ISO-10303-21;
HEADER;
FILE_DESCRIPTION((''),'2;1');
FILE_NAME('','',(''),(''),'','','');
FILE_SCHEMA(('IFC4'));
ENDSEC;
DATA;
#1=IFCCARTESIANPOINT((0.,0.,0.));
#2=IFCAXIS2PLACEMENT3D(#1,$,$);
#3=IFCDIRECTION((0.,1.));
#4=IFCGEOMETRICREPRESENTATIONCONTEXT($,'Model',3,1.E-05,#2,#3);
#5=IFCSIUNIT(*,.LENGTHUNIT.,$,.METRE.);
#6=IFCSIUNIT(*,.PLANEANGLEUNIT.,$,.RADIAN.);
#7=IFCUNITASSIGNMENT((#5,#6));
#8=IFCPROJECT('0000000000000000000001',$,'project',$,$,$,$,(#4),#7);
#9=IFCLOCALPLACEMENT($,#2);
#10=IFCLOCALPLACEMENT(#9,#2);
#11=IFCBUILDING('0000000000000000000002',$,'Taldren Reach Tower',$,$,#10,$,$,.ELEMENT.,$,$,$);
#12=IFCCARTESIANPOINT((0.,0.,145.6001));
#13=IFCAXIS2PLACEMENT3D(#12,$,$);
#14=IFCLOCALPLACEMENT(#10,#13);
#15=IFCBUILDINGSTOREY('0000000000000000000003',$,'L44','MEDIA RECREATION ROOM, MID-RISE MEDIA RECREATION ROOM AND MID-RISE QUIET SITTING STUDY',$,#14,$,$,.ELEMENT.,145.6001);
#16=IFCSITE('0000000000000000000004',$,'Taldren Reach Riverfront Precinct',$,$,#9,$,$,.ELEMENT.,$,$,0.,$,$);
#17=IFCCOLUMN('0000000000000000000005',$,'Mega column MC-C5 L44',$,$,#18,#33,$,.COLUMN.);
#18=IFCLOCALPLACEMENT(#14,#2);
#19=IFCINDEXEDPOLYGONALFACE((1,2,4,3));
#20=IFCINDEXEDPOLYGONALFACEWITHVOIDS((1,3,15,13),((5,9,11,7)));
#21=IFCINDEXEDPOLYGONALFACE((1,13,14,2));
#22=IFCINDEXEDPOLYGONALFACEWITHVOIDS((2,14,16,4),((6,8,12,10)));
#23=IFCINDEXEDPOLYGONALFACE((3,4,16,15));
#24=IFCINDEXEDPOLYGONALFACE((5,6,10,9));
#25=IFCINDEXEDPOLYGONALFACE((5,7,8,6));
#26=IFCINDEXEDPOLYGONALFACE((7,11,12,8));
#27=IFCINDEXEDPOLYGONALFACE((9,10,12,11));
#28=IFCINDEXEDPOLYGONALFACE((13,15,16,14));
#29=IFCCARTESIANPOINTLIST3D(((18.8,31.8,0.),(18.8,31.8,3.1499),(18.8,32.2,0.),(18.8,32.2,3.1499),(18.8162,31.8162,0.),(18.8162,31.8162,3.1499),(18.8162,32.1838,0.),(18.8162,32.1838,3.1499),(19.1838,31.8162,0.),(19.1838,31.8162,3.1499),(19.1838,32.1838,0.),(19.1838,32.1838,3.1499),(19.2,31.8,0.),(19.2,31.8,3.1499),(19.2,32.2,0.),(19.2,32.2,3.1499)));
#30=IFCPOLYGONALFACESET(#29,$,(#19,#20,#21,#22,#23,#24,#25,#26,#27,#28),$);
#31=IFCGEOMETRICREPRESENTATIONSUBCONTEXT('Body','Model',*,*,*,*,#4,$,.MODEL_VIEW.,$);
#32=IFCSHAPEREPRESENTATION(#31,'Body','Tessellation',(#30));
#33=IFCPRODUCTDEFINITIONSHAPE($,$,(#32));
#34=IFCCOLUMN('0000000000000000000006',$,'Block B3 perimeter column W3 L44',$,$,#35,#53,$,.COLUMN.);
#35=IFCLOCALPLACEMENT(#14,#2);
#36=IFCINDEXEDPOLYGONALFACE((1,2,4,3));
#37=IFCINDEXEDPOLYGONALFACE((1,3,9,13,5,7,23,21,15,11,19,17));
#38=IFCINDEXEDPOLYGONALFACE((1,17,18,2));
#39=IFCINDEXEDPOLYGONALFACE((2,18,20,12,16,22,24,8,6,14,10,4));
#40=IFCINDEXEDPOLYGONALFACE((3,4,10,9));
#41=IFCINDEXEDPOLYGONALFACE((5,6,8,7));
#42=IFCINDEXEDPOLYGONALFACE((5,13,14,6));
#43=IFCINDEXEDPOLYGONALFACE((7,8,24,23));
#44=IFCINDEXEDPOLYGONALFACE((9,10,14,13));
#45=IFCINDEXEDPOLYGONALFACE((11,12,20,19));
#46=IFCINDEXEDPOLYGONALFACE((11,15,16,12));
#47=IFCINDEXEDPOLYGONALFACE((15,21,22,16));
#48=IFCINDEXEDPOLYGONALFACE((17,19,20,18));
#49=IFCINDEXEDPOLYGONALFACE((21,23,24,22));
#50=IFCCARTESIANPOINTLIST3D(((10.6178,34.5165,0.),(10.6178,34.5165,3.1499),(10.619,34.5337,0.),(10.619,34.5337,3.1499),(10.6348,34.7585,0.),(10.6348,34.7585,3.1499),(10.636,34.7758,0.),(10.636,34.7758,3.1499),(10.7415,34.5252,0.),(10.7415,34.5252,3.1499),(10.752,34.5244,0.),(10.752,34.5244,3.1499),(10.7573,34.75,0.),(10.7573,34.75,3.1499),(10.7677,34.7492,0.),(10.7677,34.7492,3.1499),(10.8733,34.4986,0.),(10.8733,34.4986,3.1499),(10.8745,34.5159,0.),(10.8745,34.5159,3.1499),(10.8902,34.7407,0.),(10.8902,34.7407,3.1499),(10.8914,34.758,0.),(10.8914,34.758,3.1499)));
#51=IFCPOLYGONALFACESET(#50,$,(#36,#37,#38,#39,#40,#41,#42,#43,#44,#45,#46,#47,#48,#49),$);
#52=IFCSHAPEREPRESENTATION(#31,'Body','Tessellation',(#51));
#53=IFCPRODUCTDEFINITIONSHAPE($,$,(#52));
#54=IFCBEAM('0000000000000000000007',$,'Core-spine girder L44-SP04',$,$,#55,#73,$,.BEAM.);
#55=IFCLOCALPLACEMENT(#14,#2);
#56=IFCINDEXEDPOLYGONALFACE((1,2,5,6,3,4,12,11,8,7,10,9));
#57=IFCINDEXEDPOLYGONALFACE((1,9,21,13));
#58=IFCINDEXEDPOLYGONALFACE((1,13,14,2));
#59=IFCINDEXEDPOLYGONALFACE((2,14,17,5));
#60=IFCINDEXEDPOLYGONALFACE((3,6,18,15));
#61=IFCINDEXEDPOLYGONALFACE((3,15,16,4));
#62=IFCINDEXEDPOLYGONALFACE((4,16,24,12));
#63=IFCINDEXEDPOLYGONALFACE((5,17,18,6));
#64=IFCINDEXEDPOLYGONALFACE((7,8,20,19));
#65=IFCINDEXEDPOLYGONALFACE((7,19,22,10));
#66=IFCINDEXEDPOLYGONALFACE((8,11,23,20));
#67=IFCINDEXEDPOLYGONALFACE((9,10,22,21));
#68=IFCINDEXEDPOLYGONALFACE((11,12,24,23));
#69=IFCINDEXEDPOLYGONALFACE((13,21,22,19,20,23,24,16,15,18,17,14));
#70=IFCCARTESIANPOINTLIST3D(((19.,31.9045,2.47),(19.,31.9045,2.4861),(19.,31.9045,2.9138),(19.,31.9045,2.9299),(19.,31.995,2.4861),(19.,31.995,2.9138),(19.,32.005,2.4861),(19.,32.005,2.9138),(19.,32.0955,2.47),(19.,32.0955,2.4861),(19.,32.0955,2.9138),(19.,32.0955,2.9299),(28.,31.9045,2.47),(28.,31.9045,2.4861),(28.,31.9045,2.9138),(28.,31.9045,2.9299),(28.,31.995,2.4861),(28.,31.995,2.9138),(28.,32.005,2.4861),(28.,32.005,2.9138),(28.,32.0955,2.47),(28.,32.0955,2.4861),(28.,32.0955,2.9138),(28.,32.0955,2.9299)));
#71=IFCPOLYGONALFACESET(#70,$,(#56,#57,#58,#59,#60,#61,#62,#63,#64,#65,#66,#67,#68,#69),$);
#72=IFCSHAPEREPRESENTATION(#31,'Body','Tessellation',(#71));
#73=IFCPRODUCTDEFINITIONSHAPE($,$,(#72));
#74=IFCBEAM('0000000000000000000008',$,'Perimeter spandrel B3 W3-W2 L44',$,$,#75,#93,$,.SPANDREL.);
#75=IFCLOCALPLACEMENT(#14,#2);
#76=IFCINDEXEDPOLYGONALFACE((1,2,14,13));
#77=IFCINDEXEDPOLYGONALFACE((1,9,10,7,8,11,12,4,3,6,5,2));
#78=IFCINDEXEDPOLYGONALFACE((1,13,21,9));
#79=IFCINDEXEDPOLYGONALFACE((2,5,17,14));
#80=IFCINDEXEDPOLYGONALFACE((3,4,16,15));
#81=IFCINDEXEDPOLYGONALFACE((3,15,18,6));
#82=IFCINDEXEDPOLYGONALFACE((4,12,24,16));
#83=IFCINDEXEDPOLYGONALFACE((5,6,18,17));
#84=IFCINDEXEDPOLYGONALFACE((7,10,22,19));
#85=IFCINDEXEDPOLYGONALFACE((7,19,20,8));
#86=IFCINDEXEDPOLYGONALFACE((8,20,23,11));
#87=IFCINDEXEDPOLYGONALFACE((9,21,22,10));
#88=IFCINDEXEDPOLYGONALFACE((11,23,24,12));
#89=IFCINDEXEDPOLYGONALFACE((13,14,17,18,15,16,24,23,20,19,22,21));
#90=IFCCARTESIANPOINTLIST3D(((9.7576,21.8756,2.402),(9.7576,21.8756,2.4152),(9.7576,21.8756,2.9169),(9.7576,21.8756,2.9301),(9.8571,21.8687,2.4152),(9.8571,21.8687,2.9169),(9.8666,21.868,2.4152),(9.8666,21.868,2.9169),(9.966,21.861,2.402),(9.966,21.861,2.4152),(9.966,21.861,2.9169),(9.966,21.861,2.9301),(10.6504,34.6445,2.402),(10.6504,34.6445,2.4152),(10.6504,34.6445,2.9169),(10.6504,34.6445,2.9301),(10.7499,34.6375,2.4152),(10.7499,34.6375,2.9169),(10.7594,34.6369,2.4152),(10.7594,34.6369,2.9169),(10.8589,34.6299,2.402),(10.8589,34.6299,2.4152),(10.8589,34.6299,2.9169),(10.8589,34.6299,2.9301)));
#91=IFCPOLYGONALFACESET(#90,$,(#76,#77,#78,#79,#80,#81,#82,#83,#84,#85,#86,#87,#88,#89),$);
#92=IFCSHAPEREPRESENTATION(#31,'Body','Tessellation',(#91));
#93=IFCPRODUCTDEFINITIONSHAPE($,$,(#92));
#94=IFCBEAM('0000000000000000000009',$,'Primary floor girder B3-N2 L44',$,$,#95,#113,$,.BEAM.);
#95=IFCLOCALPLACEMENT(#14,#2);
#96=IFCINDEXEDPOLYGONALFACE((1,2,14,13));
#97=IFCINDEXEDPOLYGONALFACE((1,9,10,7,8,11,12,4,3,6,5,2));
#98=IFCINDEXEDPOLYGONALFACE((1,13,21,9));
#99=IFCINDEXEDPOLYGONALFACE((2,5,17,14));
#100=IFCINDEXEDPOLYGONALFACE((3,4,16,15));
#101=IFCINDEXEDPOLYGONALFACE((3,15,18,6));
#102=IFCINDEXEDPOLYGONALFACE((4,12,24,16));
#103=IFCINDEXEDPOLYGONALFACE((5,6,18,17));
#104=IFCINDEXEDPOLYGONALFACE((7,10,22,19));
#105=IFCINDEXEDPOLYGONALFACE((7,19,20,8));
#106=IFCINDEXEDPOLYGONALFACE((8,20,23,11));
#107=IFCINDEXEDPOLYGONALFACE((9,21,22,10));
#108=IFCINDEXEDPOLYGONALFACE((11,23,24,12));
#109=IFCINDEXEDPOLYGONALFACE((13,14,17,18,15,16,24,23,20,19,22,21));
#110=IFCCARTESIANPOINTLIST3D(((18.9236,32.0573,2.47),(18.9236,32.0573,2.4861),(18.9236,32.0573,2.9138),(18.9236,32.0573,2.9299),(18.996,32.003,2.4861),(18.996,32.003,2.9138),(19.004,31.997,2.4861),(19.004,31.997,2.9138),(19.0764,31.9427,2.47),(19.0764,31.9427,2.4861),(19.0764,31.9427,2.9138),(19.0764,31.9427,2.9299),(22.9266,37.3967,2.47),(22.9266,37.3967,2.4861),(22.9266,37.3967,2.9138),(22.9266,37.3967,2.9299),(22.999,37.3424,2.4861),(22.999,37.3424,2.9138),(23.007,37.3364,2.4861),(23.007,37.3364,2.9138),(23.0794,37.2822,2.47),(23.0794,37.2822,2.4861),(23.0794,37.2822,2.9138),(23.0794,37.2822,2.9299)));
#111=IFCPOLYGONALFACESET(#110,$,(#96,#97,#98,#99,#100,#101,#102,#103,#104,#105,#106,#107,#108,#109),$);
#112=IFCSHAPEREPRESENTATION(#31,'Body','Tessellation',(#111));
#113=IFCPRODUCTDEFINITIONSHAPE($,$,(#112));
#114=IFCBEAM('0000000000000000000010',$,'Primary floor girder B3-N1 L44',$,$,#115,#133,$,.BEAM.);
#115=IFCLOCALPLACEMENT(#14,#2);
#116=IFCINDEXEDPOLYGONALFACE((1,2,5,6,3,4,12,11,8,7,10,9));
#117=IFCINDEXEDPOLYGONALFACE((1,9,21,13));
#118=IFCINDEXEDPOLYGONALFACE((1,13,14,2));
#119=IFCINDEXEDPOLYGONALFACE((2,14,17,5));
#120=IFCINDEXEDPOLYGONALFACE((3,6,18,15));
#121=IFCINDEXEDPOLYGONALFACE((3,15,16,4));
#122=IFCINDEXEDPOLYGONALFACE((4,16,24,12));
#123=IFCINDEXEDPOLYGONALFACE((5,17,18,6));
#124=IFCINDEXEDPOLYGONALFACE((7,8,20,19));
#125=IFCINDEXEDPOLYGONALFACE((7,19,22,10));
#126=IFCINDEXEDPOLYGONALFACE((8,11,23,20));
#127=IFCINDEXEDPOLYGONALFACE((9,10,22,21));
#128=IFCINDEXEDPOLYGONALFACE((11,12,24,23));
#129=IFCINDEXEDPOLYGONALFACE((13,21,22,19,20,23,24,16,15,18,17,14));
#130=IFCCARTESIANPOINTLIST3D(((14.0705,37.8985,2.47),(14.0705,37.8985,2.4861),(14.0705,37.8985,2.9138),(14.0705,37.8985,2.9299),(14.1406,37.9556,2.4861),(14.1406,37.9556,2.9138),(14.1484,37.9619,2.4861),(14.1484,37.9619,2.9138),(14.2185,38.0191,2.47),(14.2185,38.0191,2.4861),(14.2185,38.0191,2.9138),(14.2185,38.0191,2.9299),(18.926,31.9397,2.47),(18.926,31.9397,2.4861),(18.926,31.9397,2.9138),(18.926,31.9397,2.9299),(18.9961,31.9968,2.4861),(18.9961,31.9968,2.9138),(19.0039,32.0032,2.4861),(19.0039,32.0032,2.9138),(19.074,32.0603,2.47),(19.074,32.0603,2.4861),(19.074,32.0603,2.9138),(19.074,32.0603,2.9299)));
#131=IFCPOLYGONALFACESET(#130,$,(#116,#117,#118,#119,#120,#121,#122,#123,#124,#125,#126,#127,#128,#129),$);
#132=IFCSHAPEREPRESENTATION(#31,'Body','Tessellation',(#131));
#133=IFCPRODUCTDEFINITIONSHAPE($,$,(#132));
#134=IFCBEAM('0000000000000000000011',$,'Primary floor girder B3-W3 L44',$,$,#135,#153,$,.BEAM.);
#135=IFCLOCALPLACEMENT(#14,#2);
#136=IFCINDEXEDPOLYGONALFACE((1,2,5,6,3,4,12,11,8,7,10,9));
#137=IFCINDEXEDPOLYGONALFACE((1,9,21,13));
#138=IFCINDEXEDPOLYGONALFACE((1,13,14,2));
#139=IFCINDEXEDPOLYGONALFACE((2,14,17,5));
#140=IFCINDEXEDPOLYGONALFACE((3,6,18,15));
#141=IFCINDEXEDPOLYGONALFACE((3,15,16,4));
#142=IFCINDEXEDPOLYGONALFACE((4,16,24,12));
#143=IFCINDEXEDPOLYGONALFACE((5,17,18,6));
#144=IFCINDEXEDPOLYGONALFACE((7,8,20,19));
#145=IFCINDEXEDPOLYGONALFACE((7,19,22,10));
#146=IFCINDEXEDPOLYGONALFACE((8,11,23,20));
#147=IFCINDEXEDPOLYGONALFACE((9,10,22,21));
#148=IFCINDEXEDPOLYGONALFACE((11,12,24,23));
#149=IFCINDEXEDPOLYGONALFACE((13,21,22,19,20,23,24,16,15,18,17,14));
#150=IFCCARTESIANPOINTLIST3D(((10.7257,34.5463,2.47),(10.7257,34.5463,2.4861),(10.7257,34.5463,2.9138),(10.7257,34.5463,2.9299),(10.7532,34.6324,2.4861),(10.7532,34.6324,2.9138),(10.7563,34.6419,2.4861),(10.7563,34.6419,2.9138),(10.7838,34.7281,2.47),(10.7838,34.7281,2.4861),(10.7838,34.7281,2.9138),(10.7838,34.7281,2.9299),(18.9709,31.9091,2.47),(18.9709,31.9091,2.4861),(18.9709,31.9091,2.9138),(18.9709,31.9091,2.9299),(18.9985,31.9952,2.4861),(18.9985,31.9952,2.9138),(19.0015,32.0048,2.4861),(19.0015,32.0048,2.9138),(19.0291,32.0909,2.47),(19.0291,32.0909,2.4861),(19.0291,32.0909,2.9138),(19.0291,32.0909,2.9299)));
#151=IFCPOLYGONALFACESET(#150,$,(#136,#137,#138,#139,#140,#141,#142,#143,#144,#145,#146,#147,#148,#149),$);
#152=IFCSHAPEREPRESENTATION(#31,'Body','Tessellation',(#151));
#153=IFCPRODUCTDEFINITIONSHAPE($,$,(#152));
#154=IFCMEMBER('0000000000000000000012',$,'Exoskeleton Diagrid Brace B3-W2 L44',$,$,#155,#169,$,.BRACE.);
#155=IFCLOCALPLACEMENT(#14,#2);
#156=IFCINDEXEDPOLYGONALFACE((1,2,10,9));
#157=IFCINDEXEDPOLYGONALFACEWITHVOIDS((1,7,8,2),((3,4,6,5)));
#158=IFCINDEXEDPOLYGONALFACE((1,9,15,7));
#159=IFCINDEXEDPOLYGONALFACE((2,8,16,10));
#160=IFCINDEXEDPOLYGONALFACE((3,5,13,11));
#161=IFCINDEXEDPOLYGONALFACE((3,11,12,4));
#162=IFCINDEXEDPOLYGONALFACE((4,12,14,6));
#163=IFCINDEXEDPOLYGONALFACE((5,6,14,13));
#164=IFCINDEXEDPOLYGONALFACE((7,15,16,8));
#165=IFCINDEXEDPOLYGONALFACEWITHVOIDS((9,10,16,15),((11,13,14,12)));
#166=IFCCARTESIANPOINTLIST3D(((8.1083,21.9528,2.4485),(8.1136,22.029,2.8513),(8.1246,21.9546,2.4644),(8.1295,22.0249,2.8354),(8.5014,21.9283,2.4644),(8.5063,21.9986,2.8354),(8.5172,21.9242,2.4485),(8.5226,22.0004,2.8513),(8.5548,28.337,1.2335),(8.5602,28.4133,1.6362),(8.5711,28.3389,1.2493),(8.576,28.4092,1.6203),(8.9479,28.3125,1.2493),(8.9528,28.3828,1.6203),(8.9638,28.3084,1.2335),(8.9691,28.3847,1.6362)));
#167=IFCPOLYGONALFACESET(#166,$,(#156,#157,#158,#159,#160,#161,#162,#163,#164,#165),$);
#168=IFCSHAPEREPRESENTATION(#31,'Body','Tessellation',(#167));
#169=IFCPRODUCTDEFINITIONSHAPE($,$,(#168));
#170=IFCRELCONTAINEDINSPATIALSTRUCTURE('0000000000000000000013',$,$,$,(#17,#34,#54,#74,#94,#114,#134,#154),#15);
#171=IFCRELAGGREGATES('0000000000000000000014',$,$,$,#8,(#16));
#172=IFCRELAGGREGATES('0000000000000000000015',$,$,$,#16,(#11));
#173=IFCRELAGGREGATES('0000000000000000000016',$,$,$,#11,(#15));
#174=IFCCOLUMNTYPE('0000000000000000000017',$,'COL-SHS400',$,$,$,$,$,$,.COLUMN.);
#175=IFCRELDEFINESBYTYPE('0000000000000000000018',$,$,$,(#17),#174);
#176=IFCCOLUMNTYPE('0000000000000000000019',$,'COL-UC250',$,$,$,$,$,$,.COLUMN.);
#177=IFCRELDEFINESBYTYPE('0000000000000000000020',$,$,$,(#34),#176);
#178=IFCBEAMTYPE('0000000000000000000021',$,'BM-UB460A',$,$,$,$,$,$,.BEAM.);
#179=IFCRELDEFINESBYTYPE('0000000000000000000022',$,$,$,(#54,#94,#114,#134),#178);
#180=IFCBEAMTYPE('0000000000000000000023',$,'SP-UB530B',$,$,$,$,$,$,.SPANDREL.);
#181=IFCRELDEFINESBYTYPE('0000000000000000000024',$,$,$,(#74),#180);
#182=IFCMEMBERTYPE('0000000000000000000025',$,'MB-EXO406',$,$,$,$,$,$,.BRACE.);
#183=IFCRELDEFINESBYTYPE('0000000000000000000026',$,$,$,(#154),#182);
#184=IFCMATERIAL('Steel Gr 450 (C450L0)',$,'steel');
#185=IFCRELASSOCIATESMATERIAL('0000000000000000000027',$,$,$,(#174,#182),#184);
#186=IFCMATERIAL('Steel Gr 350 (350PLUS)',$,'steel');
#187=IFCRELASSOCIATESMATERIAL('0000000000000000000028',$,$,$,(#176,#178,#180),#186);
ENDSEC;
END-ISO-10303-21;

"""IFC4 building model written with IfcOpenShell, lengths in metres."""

from ifc_helpers import new_model, si_unit, direction, frame, origin, origin_2d, place, context, subcontext, project, spatial, hollow_rectangle, i_section, extrude, source, transform, mapped, material, material_profile, profile_set, type_object, element, save


model = new_model("IFC4")

# Units and contexts
model_context = context("Model", 3, precision=1e-05, world=origin(), true_north=direction((0.0, 1.0)))
body_context = subcontext(model_context, "Body", "Model", "MODEL_VIEW")
ifc_project = project(units=[si_unit("LENGTHUNIT", "METRE"), si_unit("PLANEANGLEUNIT", "RADIAN")], contexts=[model_context])

# Site, building, storey
site_placement = place(None, origin())
site = spatial("IfcSite", under=ifc_project, at=site_placement, Name="Taldren Reach Riverfront Precinct", CompositionType="ELEMENT", RefElevation=0.0)
building_placement = place(site_placement, origin())
building = spatial("IfcBuilding", under=site, at=building_placement, Name="Taldren Reach Tower", CompositionType="ELEMENT")
storey_placement = place(building_placement, frame((0.0, 0.0, 145.6001)))
storey = spatial("IfcBuildingStorey", under=building, at=storey_placement, Name="L44", Description="MEDIA RECREATION ROOM, MID-RISE MEDIA RECREATION ROOM AND MID-RISE QUIET SITTING STUDY", CompositionType="ELEMENT", Elevation=145.6001)

# Columns
ifc_material_1 = material(Name="Steel Gr 450 (C450L0)", Category="steel")
ifc_material_profile_1 = material_profile(ifc_material_1, hollow_rectangle(XDim=0.3999, YDim=0.3999, WallThickness=0.0161, at=origin_2d()), Name="400x400x16.0SHS")
ifc_profile_set_1 = profile_set([ifc_material_profile_1], Name="Steel Gr 450 (C450L0)")
column_type_1 = type_object("IfcColumnType", Name="COL-SHS400", PredefinedType="COLUMN", material=ifc_profile_set_1)
shared_shape_1 = source(origin(), body_context, "Body", "SweptSolid", [
    extrude(hollow_rectangle(XDim=0.3999, YDim=0.3999, WallThickness=0.0161, at=origin_2d()), origin(), (0.0, 0.0, 1.0), 3.1499),
])
column_1_placement = place(storey_placement, frame((19.0, 32.0, 0.0), z_axis=(0.0, 0.0, 1.0), x_axis=(1.0, 0.0, 0.0)))
element("IfcColumn", 1, at=column_1_placement, inside=storey, type_object=column_type_1, Name="Mega column MC-C5 L44", PredefinedType="COLUMN", context=body_context, shape_type="MappedRepresentation", body=[
    mapped(shared_shape_1, transform((0.0, 0.0, 0.0), scale=1.0)),
])
ifc_material_2 = material(Name="Steel Gr 350 (350PLUS)", Category="steel")
ifc_material_profile_2 = material_profile(ifc_material_2, i_section(OverallWidth=0.2561, OverallDepth=0.26, WebThickness=0.0105, FlangeThickness=0.0173, at=origin_2d()), Name="250UC89.5")
ifc_profile_set_2 = profile_set([ifc_material_profile_2], Name="Steel Gr 350 (350PLUS)")
column_type_2 = type_object("IfcColumnType", Name="COL-UC250", PredefinedType="COLUMN", material=ifc_profile_set_2)
shared_shape_2 = source(origin(), body_context, "Body", "SweptSolid", [
    extrude(i_section(OverallWidth=0.2561, OverallDepth=0.26, WebThickness=0.0105, FlangeThickness=0.0173, at=origin_2d()), origin(), (0.0, 0.0, 1.0), 3.1499),
])
column_2_placement = place(storey_placement, frame((10.7546, 34.6372, 0.0), z_axis=(0.0, 0.0, 1.0), x_axis=(0.997564, -0.069756, 0.0)))
element("IfcColumn", 2, at=column_2_placement, inside=storey, type_object=column_type_2, Name="Block B3 perimeter column W3 L44", PredefinedType="COLUMN", context=body_context, shape_type="MappedRepresentation", body=[
    mapped(shared_shape_2, transform((0.0, 0.0, 0.0), scale=1.0)),
])

# Beams
ifc_material_profile_3 = material_profile(ifc_material_2, i_section(OverallWidth=0.1909, OverallDepth=0.46, WebThickness=0.01, FlangeThickness=0.0161, at=origin_2d()), Name="460UB82.1")
ifc_profile_set_3 = profile_set([ifc_material_profile_3], Name="Steel Gr 350 (350PLUS)")
beam_type_1 = type_object("IfcBeamType", Name="BM-UB460A", PredefinedType="BEAM", material=ifc_profile_set_3)
shared_shape_3 = source(origin(), body_context, "Body", "SweptSolid", [
    extrude(i_section(OverallWidth=0.1909, OverallDepth=0.46, WebThickness=0.01, FlangeThickness=0.0161, at=origin_2d()), origin(), (0.0, 0.0, 1.0), 9.0),
])
beam_1_placement = place(storey_placement, frame((19.0, 32.0, 2.7), z_axis=(1.0, 0.0, 0.0), x_axis=(0.0, 1.0, 0.0)))
element("IfcBeam", 3, at=beam_1_placement, inside=storey, type_object=beam_type_1, Name="Core-spine girder L44-SP04", PredefinedType="BEAM", context=body_context, shape_type="MappedRepresentation", body=[
    mapped(shared_shape_3, transform((0.0, 0.0, 0.0), scale=1.0)),
])
ifc_material_profile_4 = material_profile(ifc_material_2, i_section(OverallWidth=0.209, OverallDepth=0.5281, WebThickness=0.0095, FlangeThickness=0.0132, at=origin_2d()), Name="530UB82.0")
ifc_profile_set_4 = profile_set([ifc_material_profile_4], Name="Steel Gr 350 (350PLUS)")
beam_type_2 = type_object("IfcBeamType", Name="SP-UB530B", PredefinedType="SPANDREL", material=ifc_profile_set_4)
shared_shape_4 = source(origin(), body_context, "Body", "SweptSolid", [
    extrude(i_section(OverallWidth=0.209, OverallDepth=0.5281, WebThickness=0.0095, FlangeThickness=0.0132, at=origin_2d()), origin(), (0.0, 0.0, 1.0), 12.8),
])
beam_2_placement = place(storey_placement, frame((10.7546, 34.6372, 2.666), z_axis=(-0.069752, -0.997564, 0.0), x_axis=(0.997564, -0.069752, 0.0)))
element("IfcBeam", 4, at=beam_2_placement, inside=storey, type_object=beam_type_2, Name="Perimeter spandrel B3 W3-W2 L44", PredefinedType="SPANDREL", context=body_context, shape_type="MappedRepresentation", body=[
    mapped(shared_shape_4, transform((0.0, 0.0, 0.0), scale=1.0)),
])
shared_shape_5 = source(origin(), body_context, "Body", "SweptSolid", [
    extrude(i_section(OverallWidth=0.1909, OverallDepth=0.46, WebThickness=0.01, FlangeThickness=0.0161, at=origin_2d()), origin(), (0.0, 0.0, 1.0), 6.6733),
])
beam_3_placement = place(storey_placement, frame((19.0, 32.0, 2.7), z_axis=(0.599848, 0.800114, 0.0), x_axis=(-0.800114, 0.599848, 0.0)))
element("IfcBeam", 5, at=beam_3_placement, inside=storey, type_object=beam_type_1, Name="Primary floor girder B3-N2 L44", PredefinedType="BEAM", context=body_context, shape_type="MappedRepresentation", body=[
    mapped(shared_shape_5, transform((0.0, 0.0, 0.0), scale=1.0)),
])
shared_shape_6 = source(origin(), body_context, "Body", "SweptSolid", [
    extrude(i_section(OverallWidth=0.1909, OverallDepth=0.46, WebThickness=0.01, FlangeThickness=0.0161, at=origin_2d()), origin(), (0.0, 0.0, 1.0), 7.6865),
])
beam_4_placement = place(storey_placement, frame((19.0, 32.0, 2.7), z_axis=(-0.631689, 0.775222, 0.0), x_axis=(-0.775222, -0.631689, 0.0)))
element("IfcBeam", 6, at=beam_4_placement, inside=storey, type_object=beam_type_1, Name="Primary floor girder B3-N1 L44", PredefinedType="BEAM", context=body_context, shape_type="MappedRepresentation", body=[
    mapped(shared_shape_6, transform((0.0, 0.0, 0.0), scale=1.0)),
])
shared_shape_7 = source(origin(), body_context, "Body", "SweptSolid", [
    extrude(i_section(OverallWidth=0.1909, OverallDepth=0.46, WebThickness=0.01, FlangeThickness=0.0161, at=origin_2d()), origin(), (0.0, 0.0, 1.0), 8.6567),
])
beam_5_placement = place(storey_placement, frame((19.0, 32.0, 2.7), z_axis=(-0.952468, 0.304639, 0.0), x_axis=(-0.304639, -0.952468, 0.0)))
element("IfcBeam", 7, at=beam_5_placement, inside=storey, type_object=beam_type_1, Name="Primary floor girder B3-W3 L44", PredefinedType="BEAM", context=body_context, shape_type="MappedRepresentation", body=[
    mapped(shared_shape_7, transform((0.0, 0.0, 0.0), scale=1.0)),
])

# Member
ifc_material_profile_5 = material_profile(ifc_material_1, hollow_rectangle(XDim=0.4099, YDim=0.4099, WallThickness=0.0161, at=origin_2d()), Name="410x410x16.0SHS")
ifc_profile_set_5 = profile_set([ifc_material_profile_5], Name="Steel Gr 450 (C450L0)")
member_type = type_object("IfcMemberType", Name="MB-EXO406", PredefinedType="BRACE", material=ifc_profile_set_5)
shared_shape_8 = source(origin(), body_context, "Body", "SweptSolid", [
    extrude(hollow_rectangle(XDim=0.4099, YDim=0.4099, WallThickness=0.0161, at=origin_2d()), origin(), (0.0, 0.0, 1.0), 6.5142),
])
member_placement = place(storey_placement, frame((8.762, 28.3608, 1.4348), z_axis=(-0.068548, -0.980055, 0.186529), x_axis=(0.997563, -0.069772, 0.0)))
element("IfcMember", 8, at=member_placement, inside=storey, type_object=member_type, Name="Exoskeleton Diagrid Brace B3-W2 L44", PredefinedType="BRACE", context=body_context, shape_type="MappedRepresentation", body=[
    mapped(shared_shape_8, transform((0.0, 0.0, 0.0), scale=1.0)),
])

save(model, "model.ifc")
